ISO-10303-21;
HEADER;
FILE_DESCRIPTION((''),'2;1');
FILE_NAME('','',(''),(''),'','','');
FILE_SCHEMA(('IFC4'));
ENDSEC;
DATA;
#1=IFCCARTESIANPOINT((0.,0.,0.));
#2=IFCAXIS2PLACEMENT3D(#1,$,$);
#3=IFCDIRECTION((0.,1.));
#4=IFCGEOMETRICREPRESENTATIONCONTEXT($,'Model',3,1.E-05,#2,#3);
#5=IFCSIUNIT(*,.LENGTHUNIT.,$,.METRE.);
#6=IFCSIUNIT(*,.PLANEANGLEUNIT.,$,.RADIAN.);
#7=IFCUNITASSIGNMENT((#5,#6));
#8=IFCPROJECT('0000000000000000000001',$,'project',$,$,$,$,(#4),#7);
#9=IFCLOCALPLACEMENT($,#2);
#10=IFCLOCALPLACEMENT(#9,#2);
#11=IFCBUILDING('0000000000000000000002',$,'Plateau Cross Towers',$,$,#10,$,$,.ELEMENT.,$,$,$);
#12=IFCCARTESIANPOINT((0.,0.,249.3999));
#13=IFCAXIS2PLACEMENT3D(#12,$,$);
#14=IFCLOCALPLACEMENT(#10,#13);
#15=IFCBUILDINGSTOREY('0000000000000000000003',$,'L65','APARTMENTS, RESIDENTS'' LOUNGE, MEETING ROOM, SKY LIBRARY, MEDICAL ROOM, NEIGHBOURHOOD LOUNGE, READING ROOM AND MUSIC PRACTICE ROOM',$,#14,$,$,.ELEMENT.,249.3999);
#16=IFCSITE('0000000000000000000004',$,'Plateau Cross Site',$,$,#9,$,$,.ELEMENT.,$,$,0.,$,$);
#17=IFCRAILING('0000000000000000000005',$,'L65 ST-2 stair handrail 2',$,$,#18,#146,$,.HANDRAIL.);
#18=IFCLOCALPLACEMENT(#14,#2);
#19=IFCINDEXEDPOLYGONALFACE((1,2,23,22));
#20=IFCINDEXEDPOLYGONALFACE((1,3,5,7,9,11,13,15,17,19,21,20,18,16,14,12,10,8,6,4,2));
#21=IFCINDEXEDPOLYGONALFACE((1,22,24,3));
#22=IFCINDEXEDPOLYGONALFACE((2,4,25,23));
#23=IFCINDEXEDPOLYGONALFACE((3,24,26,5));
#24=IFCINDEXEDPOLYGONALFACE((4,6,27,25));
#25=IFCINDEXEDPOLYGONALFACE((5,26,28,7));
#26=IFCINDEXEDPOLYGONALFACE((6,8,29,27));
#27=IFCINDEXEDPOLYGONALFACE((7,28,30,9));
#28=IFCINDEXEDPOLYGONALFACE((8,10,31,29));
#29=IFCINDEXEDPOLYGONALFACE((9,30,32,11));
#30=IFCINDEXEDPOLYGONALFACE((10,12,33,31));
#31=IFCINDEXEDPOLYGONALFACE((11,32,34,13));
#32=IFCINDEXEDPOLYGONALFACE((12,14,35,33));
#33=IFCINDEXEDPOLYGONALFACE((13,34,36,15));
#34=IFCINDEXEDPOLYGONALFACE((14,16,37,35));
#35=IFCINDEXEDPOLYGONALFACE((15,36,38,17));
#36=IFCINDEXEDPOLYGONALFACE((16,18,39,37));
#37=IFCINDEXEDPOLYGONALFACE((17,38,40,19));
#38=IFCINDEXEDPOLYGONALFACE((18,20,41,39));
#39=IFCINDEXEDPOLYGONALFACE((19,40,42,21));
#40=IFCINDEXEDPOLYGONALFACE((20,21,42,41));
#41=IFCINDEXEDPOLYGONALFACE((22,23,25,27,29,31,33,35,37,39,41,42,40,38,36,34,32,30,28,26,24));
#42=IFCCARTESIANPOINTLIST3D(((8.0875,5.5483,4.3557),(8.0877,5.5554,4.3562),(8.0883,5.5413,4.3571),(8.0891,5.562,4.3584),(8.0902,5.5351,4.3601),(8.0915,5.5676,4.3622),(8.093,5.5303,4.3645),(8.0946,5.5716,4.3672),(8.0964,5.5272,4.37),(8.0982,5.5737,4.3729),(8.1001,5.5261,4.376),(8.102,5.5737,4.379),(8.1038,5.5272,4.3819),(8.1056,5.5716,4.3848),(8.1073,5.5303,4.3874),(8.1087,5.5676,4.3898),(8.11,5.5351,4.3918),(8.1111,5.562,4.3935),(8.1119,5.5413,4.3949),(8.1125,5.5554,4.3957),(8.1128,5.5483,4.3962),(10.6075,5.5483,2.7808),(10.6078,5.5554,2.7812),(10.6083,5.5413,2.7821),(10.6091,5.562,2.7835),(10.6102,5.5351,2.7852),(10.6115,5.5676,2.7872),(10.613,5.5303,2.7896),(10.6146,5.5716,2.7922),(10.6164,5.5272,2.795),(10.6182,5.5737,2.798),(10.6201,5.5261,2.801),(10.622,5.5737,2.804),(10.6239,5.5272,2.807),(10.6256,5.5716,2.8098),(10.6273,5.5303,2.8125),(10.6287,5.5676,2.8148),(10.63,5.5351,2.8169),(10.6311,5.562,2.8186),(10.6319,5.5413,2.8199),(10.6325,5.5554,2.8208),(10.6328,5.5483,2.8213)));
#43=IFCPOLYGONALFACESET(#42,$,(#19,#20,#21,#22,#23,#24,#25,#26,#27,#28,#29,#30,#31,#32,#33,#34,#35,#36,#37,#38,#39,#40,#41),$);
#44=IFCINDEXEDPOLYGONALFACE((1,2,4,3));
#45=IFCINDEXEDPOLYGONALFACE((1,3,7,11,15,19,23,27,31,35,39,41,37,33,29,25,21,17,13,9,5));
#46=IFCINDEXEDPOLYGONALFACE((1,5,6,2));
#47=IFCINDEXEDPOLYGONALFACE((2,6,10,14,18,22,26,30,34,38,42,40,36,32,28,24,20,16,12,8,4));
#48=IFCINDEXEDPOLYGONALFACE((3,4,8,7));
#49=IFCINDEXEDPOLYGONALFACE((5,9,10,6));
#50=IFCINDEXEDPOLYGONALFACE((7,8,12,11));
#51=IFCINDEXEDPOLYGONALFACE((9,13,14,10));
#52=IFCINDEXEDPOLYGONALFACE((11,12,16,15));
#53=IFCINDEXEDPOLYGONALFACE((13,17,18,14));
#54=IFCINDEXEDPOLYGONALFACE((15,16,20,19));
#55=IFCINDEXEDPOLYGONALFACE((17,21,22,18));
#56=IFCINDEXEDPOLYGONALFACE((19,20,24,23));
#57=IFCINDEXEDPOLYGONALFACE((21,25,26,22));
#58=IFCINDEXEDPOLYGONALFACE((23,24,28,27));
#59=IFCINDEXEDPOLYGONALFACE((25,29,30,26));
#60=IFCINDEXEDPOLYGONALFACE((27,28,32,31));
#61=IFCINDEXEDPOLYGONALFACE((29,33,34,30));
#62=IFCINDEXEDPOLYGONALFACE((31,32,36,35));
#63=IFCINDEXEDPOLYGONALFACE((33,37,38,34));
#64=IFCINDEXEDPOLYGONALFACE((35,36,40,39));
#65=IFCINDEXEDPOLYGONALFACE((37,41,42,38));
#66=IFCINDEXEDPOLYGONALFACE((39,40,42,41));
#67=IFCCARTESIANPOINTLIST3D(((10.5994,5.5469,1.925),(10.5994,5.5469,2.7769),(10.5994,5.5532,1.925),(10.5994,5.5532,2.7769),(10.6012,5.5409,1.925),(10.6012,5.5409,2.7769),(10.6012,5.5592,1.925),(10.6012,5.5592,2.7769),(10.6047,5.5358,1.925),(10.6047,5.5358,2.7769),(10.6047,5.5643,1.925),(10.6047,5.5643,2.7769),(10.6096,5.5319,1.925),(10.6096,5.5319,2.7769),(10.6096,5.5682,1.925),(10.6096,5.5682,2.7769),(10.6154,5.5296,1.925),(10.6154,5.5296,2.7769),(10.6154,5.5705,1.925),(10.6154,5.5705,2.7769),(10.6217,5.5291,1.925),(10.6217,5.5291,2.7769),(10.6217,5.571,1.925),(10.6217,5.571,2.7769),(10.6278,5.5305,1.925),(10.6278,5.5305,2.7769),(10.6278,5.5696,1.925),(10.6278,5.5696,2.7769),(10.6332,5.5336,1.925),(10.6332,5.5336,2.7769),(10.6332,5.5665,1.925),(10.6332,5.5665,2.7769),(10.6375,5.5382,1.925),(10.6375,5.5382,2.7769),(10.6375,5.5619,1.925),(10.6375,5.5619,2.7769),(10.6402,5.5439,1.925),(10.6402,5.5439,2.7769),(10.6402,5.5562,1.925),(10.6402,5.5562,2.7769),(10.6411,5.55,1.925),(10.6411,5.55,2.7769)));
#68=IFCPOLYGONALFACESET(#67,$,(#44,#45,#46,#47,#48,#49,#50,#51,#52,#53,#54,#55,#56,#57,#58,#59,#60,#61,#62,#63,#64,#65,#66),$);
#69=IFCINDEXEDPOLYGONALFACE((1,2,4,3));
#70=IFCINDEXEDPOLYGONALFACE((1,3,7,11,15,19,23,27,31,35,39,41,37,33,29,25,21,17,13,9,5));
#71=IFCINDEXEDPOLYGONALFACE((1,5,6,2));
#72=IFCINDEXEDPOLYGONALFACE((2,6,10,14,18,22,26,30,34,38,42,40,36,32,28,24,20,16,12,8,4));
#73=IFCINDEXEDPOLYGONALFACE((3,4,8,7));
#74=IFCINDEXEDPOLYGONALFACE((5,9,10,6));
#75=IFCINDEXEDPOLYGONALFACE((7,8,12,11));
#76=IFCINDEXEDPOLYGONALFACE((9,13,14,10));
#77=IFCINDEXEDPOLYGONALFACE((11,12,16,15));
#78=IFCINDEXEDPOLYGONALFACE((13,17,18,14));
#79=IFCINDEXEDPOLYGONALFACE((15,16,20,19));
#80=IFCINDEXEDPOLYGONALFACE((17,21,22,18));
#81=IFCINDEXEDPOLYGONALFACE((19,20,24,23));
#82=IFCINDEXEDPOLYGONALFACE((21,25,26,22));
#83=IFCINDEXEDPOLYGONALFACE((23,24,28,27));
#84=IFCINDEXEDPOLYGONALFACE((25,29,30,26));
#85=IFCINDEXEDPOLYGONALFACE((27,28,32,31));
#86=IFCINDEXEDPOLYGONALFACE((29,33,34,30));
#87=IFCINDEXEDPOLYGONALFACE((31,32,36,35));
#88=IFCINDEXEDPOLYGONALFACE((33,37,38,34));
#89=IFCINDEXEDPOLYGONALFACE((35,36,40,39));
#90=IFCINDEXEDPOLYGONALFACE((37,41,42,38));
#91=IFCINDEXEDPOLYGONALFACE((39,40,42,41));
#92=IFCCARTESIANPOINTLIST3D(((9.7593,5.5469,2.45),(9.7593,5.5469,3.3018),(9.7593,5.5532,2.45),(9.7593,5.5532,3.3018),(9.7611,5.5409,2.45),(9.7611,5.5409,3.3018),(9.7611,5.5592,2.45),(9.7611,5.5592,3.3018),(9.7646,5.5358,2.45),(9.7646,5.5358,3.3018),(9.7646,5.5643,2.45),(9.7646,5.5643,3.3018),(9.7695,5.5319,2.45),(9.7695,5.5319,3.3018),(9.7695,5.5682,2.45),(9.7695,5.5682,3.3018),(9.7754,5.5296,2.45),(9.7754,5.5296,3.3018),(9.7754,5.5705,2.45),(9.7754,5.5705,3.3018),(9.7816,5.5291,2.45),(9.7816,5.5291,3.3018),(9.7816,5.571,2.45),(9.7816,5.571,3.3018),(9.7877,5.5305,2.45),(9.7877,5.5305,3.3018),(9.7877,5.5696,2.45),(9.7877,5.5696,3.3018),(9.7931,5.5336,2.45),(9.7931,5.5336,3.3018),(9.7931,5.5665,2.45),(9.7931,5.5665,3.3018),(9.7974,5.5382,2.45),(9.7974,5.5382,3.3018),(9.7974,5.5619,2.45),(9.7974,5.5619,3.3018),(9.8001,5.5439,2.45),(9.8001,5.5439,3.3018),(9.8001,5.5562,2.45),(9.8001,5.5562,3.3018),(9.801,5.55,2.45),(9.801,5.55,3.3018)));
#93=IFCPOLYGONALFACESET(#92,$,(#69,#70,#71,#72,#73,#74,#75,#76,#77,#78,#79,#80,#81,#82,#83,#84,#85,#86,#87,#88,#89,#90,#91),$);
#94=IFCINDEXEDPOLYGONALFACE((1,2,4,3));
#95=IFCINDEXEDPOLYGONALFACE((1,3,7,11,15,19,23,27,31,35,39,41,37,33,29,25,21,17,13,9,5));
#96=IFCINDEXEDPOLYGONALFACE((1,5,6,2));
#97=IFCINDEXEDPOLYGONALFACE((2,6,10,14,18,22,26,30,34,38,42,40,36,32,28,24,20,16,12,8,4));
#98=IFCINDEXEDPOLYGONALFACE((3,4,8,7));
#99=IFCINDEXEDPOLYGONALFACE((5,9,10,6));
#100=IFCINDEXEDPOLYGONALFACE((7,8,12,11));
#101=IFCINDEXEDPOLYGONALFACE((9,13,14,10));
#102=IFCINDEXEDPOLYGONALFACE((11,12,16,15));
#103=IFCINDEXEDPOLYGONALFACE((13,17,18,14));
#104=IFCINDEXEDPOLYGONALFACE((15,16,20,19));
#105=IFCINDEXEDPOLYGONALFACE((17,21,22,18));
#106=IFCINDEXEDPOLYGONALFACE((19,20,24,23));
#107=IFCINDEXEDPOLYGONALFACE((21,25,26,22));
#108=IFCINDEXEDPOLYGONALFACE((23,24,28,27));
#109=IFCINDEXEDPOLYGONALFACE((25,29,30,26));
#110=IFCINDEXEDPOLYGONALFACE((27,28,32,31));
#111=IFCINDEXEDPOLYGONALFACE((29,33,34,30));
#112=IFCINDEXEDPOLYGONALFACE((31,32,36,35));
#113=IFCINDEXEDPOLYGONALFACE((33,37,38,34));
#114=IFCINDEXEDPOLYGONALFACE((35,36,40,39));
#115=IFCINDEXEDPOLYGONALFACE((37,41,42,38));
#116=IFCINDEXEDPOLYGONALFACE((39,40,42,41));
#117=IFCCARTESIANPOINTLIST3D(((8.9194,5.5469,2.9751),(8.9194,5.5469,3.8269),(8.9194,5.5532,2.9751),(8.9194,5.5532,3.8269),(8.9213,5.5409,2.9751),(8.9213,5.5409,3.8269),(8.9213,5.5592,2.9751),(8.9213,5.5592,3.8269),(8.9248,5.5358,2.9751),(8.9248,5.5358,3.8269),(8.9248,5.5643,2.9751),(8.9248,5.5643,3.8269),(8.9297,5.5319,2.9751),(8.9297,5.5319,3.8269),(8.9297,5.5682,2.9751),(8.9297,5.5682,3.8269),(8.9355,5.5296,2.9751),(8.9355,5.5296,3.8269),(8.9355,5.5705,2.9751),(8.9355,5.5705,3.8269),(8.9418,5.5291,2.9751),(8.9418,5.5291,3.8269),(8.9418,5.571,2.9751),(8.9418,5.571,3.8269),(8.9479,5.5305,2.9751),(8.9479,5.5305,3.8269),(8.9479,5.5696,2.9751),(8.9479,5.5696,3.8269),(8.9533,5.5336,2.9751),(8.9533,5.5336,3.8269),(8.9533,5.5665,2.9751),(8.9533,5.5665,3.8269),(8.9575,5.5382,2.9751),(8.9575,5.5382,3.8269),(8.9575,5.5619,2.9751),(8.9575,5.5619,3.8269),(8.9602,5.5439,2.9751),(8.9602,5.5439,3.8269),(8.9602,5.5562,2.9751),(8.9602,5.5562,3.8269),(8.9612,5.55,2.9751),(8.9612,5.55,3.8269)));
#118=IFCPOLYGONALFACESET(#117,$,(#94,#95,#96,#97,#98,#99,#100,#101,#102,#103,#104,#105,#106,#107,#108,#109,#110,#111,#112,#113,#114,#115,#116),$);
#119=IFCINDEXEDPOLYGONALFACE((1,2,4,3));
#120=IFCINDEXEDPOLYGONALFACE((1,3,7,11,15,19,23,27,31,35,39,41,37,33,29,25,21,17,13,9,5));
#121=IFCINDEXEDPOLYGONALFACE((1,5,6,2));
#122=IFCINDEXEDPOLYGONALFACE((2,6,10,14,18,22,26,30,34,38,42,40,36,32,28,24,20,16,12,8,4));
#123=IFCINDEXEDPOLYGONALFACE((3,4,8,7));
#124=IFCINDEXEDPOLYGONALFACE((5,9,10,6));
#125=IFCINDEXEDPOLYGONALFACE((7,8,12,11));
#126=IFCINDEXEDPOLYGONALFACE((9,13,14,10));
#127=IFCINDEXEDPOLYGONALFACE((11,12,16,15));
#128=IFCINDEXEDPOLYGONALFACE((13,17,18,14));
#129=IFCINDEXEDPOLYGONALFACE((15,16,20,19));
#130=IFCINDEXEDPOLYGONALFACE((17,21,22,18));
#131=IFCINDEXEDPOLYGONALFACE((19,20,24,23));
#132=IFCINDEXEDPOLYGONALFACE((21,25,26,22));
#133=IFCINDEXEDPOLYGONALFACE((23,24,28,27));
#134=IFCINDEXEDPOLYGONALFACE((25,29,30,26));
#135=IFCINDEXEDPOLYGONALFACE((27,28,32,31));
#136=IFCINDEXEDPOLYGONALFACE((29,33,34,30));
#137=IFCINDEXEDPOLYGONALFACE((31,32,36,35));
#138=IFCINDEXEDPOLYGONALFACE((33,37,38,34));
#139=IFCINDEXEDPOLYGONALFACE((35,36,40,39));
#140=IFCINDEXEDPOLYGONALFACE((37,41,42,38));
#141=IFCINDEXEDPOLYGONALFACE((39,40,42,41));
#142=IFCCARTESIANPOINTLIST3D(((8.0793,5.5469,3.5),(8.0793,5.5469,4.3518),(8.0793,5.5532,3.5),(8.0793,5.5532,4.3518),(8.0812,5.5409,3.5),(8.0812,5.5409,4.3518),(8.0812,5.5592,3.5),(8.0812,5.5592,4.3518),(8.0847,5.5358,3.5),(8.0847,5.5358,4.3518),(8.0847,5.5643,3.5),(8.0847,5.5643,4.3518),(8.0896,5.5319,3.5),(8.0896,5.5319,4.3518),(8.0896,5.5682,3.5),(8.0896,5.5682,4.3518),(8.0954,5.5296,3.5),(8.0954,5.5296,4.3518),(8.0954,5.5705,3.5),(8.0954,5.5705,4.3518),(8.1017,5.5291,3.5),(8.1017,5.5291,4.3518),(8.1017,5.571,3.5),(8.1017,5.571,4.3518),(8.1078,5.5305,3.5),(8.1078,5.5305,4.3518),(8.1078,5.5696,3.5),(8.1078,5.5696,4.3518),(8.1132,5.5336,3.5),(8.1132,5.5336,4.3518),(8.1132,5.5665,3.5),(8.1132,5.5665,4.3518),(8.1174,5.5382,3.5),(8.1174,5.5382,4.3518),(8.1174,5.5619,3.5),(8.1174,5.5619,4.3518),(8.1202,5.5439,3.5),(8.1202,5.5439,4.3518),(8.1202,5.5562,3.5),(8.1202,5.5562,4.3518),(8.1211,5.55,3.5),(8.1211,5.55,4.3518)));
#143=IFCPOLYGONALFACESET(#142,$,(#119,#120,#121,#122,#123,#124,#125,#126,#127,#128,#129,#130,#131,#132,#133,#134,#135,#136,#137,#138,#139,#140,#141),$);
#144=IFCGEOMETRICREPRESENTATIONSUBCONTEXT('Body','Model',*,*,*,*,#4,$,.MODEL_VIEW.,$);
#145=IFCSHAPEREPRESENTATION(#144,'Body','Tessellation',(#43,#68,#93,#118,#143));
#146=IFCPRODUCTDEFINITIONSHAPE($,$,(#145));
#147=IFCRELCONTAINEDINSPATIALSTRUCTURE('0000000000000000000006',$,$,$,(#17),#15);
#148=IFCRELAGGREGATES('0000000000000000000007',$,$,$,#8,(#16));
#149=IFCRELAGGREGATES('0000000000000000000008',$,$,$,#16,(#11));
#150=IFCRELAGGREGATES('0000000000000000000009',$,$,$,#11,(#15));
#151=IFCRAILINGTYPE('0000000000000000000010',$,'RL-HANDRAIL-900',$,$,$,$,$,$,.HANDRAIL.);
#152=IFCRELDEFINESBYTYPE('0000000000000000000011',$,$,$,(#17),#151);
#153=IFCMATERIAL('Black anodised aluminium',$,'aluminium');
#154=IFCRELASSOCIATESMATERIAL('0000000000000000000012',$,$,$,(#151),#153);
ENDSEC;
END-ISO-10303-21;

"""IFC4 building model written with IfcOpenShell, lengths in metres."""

from ifc_helpers import new_model, si_unit, direction, frame, origin, origin_2d, place, context, subcontext, project, spatial, circle, extrude, material, type_object, element, save


model = new_model("IFC4")

# Units and contexts
model_context = context("Model", 3, precision=1e-05, world=origin(), true_north=direction((0.0, 1.0)))
body_context = subcontext(model_context, "Body", "Model", "MODEL_VIEW")
ifc_project = project(units=[si_unit("LENGTHUNIT", "METRE"), si_unit("PLANEANGLEUNIT", "RADIAN")], contexts=[model_context])

# Site, building, storey
site_placement = place(None, origin())
site = spatial("IfcSite", under=ifc_project, at=site_placement, Name="Plateau Cross Site", CompositionType="ELEMENT", RefElevation=0.0)
building_placement = place(site_placement, origin())
building = spatial("IfcBuilding", under=site, at=building_placement, Name="Plateau Cross Towers", CompositionType="ELEMENT")
storey_placement = place(building_placement, frame((0.0, 0.0, 249.3999)))
storey = spatial("IfcBuildingStorey", under=building, at=storey_placement, Name="L65", Description="APARTMENTS, RESIDENTS' LOUNGE, MEETING ROOM, SKY LIBRARY, MEDICAL ROOM, NEIGHBOURHOOD LOUNGE, READING ROOM AND MUSIC PRACTICE ROOM", CompositionType="ELEMENT", Elevation=249.3999)

# Shared definitions
ifc_material_1 = material(Name="Black anodised aluminium", Category="aluminium")

# Railing
railing_type = type_object("IfcRailingType", Name="RL-HANDRAIL-900", PredefinedType="HANDRAIL", material=ifc_material_1)
railing_placement = place(storey_placement, frame((10.6201, 5.55, 1.925)))
element("IfcRailing", 1, at=railing_placement, inside=storey, type_object=railing_type, Name="L65 ST-2 stair handrail 2", PredefinedType="HANDRAIL", context=body_context, shape_type="SweptSolid", body=[
    extrude(circle(Radius=0.0239, at=origin_2d()), frame((0.0, 0.0, 0.876), z_axis=(-0.848008, 0.0, 0.529984), x_axis=(0.0, -1.0, 0.0)), (0.0, 0.0, 1.0), 2.9717),
    extrude(circle(Radius=0.021, at=origin_2d()), origin(), (0.0, 0.0, 1.0), 0.8518),
    extrude(circle(Radius=0.021, at=origin_2d()), frame((-0.8401, 0.0, 0.5249)), (0.0, 0.0, 1.0), 0.8518),
    extrude(circle(Radius=0.021, at=origin_2d()), frame((-1.6799, 0.0, 1.05)), (0.0, 0.0, 1.0), 0.8518),
    extrude(circle(Radius=0.021, at=origin_2d()), frame((-2.52, 0.0, 1.575)), (0.0, 0.0, 1.0), 0.8518),
])

save(model, "model.ifc")
